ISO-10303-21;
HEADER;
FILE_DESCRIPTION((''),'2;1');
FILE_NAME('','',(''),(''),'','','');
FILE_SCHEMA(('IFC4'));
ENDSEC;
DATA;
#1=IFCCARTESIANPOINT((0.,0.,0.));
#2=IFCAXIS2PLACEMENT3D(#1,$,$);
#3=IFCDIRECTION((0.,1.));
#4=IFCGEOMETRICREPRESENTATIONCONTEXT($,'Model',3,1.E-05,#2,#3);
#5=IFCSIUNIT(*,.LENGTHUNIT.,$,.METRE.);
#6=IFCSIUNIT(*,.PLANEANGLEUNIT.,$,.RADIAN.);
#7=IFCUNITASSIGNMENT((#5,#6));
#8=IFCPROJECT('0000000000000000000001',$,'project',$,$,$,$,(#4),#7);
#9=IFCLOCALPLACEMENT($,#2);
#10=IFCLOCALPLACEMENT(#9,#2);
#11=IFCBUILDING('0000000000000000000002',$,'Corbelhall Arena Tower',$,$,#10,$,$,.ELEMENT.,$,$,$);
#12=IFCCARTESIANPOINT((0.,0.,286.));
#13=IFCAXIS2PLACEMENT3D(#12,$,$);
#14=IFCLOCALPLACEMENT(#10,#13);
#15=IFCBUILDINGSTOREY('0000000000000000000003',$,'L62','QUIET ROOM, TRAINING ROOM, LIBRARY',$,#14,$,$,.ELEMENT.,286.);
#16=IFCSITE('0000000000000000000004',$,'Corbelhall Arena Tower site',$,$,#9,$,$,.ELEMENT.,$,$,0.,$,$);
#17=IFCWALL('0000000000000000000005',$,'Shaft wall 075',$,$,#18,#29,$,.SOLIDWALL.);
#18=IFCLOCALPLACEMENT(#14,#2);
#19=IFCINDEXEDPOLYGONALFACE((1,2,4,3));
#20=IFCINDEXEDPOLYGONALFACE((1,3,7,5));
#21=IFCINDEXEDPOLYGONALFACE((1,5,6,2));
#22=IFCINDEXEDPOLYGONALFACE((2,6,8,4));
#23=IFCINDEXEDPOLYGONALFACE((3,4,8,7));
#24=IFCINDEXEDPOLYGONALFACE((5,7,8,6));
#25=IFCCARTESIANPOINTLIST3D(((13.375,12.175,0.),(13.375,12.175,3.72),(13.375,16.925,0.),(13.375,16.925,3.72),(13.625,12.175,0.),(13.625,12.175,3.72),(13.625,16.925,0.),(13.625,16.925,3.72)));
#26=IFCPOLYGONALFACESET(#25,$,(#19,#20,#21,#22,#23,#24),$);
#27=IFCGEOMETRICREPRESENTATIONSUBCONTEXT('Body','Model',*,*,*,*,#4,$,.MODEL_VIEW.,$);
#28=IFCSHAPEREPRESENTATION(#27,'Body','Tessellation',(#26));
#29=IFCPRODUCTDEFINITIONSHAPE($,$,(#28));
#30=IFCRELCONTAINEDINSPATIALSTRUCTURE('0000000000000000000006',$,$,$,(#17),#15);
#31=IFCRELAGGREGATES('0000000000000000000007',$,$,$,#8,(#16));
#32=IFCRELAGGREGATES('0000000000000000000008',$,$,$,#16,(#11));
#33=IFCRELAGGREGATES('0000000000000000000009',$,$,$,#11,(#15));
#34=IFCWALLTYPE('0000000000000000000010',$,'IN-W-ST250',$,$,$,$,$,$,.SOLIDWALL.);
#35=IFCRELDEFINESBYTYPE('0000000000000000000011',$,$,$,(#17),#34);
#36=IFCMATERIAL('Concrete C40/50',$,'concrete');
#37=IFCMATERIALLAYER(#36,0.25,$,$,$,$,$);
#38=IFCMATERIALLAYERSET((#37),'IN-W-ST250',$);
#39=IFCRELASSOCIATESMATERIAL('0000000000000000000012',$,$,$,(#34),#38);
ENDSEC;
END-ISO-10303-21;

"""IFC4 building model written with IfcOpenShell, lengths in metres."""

from ifc_helpers import new_model, si_unit, direction, frame, frame_2d, origin, place, context, subcontext, project, spatial, rectangle, extrude, material, layer, layer_set, type_object, element, save


model = new_model("IFC4")

# Units and contexts
model_context = context("Model", 3, precision=1e-05, world=origin(), true_north=direction((0.0, 1.0)))
body_context = subcontext(model_context, "Body", "Model", "MODEL_VIEW")
ifc_project = project(units=[si_unit("LENGTHUNIT", "METRE"), si_unit("PLANEANGLEUNIT", "RADIAN")], contexts=[model_context])

# Site, building, storey
site_placement = place(None, origin())
site = spatial("IfcSite", under=ifc_project, at=site_placement, Name="Corbelhall Arena Tower site", CompositionType="ELEMENT", RefElevation=0.0)
building_placement = place(site_placement, origin())
building = spatial("IfcBuilding", under=site, at=building_placement, Name="Corbelhall Arena Tower", CompositionType="ELEMENT")
storey_placement = place(building_placement, frame((0.0, 0.0, 286.0)))
storey = spatial("IfcBuildingStorey", under=building, at=storey_placement, Name="L62", Description="QUIET ROOM, TRAINING ROOM, LIBRARY", CompositionType="ELEMENT", Elevation=286.0)

# Wall
ifc_material_1 = material(Name="Concrete C40/50", Category="concrete")
ifc_layer_1 = layer(ifc_material_1, 0.25)
ifc_layer_set_1 = layer_set([ifc_layer_1], Name="IN-W-ST250")
wall_type_1 = type_object("IfcWallType", Name="IN-W-ST250", PredefinedType="SOLIDWALL", material=ifc_layer_set_1)
wall_1_placement = place(storey_placement, frame((13.5, 12.175, 0.0), z_axis=(0.0, 0.0, 1.0), x_axis=(0.0, 1.0, 0.0)))
element("IfcWall", 1, at=wall_1_placement, inside=storey, type_object=wall_type_1, Name="Shaft wall 075", PredefinedType="SOLIDWALL", context=body_context, shape_type="SweptSolid", body=[
    extrude(rectangle(XDim=4.75, YDim=0.25, at=frame_2d((2.375, 0.0))), origin(), (0.0, 0.0, 1.0), 3.72),
])

save(model, "model.ifc")
